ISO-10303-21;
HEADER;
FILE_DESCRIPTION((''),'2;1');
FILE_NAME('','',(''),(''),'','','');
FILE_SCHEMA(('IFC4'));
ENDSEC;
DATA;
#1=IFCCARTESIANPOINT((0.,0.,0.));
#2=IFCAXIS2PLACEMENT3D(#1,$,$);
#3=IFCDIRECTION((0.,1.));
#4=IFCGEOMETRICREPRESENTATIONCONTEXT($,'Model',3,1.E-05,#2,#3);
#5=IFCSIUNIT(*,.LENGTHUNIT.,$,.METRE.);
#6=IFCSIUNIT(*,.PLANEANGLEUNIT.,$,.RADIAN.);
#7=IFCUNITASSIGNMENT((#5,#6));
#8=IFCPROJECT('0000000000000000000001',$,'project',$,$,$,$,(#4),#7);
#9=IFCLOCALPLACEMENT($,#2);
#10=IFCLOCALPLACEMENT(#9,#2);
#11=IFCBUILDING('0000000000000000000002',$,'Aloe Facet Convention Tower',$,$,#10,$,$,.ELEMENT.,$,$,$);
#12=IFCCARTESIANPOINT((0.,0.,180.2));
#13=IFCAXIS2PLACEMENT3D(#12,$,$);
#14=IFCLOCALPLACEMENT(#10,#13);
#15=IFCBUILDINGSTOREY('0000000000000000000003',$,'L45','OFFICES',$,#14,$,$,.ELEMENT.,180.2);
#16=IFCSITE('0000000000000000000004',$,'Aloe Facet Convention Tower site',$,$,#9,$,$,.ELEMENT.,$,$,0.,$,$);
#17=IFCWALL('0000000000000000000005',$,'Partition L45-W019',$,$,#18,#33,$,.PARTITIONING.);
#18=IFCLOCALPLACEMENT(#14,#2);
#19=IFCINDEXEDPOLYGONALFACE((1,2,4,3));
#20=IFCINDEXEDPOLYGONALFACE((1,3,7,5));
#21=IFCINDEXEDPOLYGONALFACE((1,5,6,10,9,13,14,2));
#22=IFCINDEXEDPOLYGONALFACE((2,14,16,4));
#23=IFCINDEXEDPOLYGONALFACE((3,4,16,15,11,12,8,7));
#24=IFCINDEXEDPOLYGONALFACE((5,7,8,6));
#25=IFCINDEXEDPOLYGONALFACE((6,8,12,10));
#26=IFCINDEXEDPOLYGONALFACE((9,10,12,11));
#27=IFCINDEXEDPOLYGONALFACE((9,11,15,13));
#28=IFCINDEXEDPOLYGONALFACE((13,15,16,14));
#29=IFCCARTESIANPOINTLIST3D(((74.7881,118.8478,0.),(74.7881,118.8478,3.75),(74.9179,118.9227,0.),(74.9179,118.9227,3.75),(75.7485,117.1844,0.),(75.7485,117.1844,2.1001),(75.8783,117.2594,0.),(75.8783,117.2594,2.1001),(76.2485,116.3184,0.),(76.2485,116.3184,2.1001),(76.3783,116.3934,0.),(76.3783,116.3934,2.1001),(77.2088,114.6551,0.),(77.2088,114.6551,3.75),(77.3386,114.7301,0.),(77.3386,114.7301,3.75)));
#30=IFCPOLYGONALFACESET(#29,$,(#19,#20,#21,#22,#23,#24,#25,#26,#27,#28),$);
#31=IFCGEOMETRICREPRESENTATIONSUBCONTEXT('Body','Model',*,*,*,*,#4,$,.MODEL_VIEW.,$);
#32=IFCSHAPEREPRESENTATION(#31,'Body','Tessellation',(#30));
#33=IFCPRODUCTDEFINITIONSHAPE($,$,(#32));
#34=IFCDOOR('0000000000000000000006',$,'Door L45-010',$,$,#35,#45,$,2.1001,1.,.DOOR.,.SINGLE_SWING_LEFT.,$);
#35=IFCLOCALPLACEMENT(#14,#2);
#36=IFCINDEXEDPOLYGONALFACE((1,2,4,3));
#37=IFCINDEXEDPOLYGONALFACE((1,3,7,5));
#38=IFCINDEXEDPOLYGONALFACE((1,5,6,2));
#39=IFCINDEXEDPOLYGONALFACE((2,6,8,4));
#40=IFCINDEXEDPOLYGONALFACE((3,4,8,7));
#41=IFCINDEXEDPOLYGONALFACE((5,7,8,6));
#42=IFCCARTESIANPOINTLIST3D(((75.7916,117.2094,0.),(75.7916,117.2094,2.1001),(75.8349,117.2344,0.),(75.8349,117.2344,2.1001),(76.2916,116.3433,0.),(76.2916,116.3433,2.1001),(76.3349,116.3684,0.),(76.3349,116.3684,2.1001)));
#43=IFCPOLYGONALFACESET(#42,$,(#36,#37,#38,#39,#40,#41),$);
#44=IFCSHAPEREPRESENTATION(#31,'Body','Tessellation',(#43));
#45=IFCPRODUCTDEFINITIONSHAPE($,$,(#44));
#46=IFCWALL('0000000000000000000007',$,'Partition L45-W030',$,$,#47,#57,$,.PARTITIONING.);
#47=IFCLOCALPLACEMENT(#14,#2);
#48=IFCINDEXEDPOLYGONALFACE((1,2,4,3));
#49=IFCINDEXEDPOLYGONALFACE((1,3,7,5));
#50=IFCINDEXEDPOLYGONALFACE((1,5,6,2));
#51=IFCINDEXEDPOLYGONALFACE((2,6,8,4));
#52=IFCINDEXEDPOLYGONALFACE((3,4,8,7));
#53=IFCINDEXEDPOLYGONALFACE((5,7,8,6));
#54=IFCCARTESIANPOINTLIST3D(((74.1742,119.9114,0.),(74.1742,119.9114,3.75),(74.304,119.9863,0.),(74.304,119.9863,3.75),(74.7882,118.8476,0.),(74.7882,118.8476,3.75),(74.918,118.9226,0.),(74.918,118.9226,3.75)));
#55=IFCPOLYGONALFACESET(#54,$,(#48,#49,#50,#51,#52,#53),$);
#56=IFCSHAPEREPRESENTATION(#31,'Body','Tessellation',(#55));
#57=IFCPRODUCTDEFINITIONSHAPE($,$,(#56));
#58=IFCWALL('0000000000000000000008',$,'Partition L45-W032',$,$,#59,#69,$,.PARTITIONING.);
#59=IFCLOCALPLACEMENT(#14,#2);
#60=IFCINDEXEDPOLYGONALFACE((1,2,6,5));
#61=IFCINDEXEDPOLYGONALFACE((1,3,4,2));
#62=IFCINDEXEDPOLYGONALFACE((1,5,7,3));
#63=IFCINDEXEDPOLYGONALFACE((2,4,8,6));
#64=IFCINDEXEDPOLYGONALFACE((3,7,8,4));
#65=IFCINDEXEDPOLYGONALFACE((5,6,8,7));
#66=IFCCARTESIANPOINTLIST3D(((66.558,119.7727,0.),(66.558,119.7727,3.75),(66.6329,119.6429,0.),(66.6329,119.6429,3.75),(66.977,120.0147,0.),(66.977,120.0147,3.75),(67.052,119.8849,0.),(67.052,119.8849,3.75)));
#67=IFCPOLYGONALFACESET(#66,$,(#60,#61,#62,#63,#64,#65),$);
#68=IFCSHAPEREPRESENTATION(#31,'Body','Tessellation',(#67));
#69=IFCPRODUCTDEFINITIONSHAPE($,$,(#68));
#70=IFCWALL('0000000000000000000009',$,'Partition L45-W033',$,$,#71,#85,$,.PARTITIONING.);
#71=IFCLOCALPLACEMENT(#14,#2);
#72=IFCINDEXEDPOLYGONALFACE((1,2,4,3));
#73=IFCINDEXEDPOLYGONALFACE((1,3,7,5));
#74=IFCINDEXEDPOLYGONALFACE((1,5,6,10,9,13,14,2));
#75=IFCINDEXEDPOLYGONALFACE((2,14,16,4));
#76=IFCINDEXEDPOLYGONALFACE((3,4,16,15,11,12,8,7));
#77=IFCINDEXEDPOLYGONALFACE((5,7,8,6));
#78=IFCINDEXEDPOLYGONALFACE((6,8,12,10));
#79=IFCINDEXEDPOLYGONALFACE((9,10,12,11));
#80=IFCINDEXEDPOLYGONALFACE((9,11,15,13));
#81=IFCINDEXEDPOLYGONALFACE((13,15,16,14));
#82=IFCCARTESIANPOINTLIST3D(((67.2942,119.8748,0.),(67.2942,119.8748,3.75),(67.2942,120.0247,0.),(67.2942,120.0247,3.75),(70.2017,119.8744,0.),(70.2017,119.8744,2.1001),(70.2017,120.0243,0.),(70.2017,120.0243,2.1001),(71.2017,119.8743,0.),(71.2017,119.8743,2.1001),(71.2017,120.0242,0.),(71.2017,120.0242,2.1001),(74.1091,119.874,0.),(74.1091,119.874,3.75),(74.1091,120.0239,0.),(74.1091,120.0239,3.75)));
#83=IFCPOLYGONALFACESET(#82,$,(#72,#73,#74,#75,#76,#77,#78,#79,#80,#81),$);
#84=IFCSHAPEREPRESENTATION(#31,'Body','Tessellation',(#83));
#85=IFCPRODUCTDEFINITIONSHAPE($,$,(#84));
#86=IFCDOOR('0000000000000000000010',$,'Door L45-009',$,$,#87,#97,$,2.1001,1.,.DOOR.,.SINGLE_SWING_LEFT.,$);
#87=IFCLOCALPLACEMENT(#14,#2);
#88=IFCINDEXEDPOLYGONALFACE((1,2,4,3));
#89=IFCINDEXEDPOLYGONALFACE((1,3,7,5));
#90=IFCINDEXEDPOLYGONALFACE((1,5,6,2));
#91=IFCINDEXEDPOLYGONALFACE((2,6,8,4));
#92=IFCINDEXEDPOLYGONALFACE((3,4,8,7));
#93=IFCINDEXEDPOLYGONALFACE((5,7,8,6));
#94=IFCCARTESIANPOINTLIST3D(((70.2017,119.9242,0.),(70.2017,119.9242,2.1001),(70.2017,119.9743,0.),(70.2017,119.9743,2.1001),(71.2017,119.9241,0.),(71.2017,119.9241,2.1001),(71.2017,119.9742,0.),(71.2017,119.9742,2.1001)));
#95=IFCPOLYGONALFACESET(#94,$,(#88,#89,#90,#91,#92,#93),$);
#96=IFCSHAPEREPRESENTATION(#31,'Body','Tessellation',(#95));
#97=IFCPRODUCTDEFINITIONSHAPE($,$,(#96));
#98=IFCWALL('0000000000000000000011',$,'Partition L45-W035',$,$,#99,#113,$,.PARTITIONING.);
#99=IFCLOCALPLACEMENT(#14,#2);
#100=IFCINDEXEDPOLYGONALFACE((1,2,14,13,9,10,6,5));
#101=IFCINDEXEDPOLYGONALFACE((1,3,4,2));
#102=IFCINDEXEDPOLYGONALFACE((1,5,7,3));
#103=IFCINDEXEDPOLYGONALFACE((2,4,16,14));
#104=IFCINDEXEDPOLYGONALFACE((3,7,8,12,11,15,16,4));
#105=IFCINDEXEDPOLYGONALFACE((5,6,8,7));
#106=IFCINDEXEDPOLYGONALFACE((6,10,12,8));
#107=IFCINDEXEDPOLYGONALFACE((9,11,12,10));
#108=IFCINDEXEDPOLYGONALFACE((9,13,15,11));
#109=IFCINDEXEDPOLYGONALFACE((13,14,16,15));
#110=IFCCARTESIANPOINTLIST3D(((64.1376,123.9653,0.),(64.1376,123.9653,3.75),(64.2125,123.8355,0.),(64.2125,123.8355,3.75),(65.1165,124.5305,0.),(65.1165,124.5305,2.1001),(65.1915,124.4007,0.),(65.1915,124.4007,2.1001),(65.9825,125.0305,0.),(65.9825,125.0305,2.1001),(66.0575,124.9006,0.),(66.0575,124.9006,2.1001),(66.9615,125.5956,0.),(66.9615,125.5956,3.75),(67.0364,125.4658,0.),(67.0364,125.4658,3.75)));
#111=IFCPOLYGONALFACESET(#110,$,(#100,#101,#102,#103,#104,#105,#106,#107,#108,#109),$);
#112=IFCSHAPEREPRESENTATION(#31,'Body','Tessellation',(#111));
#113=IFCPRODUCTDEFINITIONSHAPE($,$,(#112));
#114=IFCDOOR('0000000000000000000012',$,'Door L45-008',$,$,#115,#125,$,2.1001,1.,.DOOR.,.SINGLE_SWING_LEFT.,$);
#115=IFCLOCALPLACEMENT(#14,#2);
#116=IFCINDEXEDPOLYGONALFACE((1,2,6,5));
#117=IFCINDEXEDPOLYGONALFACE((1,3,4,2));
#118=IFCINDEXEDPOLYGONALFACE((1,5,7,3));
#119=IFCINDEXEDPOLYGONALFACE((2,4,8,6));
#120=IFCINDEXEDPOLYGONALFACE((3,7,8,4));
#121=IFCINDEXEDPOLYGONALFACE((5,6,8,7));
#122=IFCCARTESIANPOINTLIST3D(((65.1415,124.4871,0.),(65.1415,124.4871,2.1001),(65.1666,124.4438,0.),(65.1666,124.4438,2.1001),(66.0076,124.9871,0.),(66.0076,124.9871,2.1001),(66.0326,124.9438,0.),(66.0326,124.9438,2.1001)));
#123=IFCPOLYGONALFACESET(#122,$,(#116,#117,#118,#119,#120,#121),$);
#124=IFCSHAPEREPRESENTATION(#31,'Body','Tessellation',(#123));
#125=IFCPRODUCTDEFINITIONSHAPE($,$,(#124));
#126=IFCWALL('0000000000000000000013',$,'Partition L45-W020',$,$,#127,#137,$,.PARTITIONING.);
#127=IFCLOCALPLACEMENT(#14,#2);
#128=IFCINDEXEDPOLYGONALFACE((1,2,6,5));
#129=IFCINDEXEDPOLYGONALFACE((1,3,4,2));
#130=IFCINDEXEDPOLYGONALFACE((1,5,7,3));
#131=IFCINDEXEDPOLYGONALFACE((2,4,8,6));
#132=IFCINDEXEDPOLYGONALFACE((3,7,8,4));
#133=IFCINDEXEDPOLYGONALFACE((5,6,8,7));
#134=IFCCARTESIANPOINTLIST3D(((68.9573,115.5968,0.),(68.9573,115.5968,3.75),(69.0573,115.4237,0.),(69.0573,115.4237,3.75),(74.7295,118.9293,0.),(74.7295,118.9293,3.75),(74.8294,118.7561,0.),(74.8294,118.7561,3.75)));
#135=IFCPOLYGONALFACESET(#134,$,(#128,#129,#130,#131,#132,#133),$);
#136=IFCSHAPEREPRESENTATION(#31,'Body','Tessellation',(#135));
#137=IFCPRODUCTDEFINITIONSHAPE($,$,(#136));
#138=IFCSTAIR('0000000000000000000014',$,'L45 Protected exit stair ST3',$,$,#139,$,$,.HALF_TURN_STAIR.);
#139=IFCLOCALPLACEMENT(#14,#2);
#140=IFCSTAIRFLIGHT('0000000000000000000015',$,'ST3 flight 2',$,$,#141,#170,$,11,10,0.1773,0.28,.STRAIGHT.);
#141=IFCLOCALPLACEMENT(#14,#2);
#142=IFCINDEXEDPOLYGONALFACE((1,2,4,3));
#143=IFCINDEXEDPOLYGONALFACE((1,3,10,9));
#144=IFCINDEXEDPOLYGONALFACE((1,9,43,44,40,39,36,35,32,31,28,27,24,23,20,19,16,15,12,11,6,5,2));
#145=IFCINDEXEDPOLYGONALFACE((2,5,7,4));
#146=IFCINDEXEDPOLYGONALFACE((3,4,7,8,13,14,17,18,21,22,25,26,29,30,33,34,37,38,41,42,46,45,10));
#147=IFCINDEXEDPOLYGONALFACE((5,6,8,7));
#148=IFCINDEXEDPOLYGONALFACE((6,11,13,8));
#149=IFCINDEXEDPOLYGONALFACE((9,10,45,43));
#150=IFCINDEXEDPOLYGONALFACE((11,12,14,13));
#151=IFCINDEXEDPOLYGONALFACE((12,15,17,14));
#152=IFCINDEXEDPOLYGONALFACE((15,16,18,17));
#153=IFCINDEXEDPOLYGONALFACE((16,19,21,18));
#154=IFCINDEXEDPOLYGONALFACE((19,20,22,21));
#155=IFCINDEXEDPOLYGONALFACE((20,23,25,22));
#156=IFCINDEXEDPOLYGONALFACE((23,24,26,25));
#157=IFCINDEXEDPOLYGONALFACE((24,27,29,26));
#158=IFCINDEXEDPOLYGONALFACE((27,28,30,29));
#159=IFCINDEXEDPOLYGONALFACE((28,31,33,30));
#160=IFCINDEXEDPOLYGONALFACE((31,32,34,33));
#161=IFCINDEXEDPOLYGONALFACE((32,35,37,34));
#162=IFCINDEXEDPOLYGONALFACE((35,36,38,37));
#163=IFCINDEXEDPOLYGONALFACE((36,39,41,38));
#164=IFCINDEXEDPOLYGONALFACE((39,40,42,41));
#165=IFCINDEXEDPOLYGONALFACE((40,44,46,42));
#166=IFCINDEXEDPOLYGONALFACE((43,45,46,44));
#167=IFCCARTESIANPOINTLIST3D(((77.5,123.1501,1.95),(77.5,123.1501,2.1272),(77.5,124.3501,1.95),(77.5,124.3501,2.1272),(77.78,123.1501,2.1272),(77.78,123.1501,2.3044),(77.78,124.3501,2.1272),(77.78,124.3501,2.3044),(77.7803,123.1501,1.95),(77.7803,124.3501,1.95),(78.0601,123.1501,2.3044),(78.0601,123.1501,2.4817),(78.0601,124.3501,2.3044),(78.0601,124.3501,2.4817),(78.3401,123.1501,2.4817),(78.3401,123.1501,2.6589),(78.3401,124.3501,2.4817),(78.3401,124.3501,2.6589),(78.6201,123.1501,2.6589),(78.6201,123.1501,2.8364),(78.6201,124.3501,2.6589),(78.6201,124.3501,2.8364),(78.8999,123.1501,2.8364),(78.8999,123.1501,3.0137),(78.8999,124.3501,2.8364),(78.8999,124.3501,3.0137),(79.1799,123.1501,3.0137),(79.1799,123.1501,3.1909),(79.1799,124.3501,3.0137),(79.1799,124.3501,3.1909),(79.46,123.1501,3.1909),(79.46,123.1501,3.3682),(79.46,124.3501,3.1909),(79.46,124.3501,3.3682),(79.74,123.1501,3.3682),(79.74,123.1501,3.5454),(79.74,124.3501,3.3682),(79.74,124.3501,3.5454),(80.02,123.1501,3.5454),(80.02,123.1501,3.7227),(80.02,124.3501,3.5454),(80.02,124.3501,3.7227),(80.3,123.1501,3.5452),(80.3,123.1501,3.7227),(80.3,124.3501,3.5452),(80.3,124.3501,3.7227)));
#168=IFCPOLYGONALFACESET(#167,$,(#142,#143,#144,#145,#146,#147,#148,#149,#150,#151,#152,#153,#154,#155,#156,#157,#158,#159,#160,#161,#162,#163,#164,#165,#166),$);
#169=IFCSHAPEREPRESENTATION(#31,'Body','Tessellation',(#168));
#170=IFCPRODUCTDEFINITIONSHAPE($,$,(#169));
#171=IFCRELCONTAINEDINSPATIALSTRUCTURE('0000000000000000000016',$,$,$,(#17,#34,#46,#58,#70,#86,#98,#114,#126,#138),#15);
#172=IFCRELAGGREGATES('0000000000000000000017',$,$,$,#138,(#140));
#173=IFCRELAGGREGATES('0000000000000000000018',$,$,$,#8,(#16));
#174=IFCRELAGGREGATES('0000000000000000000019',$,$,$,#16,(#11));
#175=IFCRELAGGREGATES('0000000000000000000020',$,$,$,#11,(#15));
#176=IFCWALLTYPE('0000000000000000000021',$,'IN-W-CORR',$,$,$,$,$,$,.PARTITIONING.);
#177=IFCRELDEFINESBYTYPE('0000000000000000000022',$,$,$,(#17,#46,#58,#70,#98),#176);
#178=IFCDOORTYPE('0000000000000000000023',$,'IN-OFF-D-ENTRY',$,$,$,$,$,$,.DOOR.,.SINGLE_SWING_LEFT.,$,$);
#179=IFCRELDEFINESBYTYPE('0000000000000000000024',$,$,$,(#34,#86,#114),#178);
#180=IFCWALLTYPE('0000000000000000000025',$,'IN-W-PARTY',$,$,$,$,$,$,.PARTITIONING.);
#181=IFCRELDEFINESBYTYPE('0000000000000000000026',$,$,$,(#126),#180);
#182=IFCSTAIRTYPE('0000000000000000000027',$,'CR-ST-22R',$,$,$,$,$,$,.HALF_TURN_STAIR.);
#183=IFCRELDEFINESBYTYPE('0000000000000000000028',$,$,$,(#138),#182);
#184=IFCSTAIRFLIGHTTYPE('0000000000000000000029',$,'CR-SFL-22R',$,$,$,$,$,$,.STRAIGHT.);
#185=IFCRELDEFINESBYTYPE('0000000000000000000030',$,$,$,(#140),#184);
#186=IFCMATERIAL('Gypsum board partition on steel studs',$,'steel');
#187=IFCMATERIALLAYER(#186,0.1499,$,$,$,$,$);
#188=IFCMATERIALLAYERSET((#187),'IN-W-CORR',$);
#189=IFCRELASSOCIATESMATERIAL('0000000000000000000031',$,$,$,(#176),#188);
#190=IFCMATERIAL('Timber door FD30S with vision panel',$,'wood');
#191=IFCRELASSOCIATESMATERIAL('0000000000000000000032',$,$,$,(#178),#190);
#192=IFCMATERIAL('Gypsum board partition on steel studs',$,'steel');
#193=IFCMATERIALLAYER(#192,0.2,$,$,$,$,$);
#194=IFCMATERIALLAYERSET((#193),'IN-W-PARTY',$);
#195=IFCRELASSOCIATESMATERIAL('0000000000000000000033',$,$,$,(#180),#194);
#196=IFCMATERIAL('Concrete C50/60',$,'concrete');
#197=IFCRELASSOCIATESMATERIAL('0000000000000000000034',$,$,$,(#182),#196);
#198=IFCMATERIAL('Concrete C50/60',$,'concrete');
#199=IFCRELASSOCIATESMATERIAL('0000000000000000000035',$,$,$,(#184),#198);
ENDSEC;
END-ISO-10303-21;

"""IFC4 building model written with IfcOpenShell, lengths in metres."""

from ifc_helpers import new_model, si_unit, direction, frame, frame_2d, origin, place, context, subcontext, project, spatial, polyline, rectangle, outline, extrude, material, layer, layer_set, type_object, element, fill, aggregate, save


model = new_model("IFC4")

# Units and contexts
model_context = context("Model", 3, precision=1e-05, world=origin(), true_north=direction((0.0, 1.0)))
body_context = subcontext(model_context, "Body", "Model", "MODEL_VIEW")
ifc_project = project(units=[si_unit("LENGTHUNIT", "METRE"), si_unit("PLANEANGLEUNIT", "RADIAN")], contexts=[model_context])

# Site, building, storey
site_placement = place(None, origin())
site = spatial("IfcSite", under=ifc_project, at=site_placement, Name="Aloe Facet Convention Tower site", CompositionType="ELEMENT", RefElevation=0.0)
building_placement = place(site_placement, origin())
building = spatial("IfcBuilding", under=site, at=building_placement, Name="Aloe Facet Convention Tower", CompositionType="ELEMENT")
storey_placement = place(building_placement, frame((0.0, 0.0, 180.2)))
storey = spatial("IfcBuildingStorey", under=building, at=storey_placement, Name="L45", Description="OFFICES", CompositionType="ELEMENT", Elevation=180.2)

# Wall, opening, door
ifc_material_1 = material(Name="Gypsum board partition on steel studs", Category="steel")
ifc_layer_1 = layer(ifc_material_1, 0.1499)
ifc_layer_set_1 = layer_set([ifc_layer_1], Name="IN-W-CORR")
wall_type_1 = type_object("IfcWallType", Name="IN-W-CORR", PredefinedType="PARTITIONING", material=ifc_layer_set_1)
ifc_material_2 = material(Name="Timber door FD30S with vision panel", Category="wood")
door_type_1 = type_object("IfcDoorType", Name="IN-OFF-D-ENTRY", OperationType="SINGLE_SWING_LEFT", PredefinedType="DOOR", material=ifc_material_2)
wall_1_placement = place(storey_placement, frame((74.853, 118.8853, 0.0), z_axis=(0.0, 0.0, 1.0), x_axis=(0.500006, -0.866022, 0.0)))
wall_1 = element("IfcWall", 1, at=wall_1_placement, inside=storey, type_object=wall_type_1, Name="Partition L45-W019", PredefinedType="PARTITIONING", context=body_context, shape_type="SweptSolid", body=[
    extrude(rectangle(XDim=4.8413, YDim=0.1499, at=frame_2d((2.4207, 0.0))), origin(), (0.0, 0.0, 1.0), 3.75),
])
opening_1_placement = place(wall_1_placement, frame((1.9207, 0.0, 0.0)))
opening_1 = element("IfcOpeningElement", 2, at=opening_1_placement, cuts=wall_1, PredefinedType="OPENING", context=body_context, shape_type="SweptSolid", body=[
    extrude(rectangle(XDim=1.0, YDim=2.1001, at=frame_2d((0.5, 1.05))), frame((0.0, 0.085, 0.0), z_axis=(0.0, -1.0, 0.0), x_axis=(1.0, 0.0, 0.0)), (0.0, 0.0, 1.0), 0.1699),
])
door_1_placement = place(opening_1_placement, origin())
door_1 = element("IfcDoor", 3, at=door_1_placement, inside=storey, type_object=door_type_1, Name="Door L45-010", OperationType="SINGLE_SWING_LEFT", OverallHeight=2.1001, OverallWidth=1.0, PredefinedType="DOOR", context=body_context, shape_type="SweptSolid", body=[
    extrude(rectangle(XDim=1.0, YDim=2.1001, at=frame_2d((0.5, 1.05))), frame((0.0, 0.0249, 0.0), z_axis=(0.0, -1.0, 0.0), x_axis=(1.0, 0.0, 0.0)), (0.0, 0.0, 1.0), 0.05),
])
fill(opening_1, door_1)

# Walls
wall_2_placement = place(storey_placement, frame((74.239, 119.949, 0.0), z_axis=(0.0, 0.0, 1.0), x_axis=(0.499923, -0.86607, 0.0)))
element("IfcWall", 4, at=wall_2_placement, inside=storey, type_object=wall_type_1, Name="Partition L45-W030", PredefinedType="PARTITIONING", context=body_context, shape_type="SweptSolid", body=[
    extrude(rectangle(XDim=1.2283, YDim=0.1499, at=frame_2d((0.6143, 0.0))), origin(), (0.0, 0.0, 1.0), 3.75),
])
wall_3_placement = place(storey_placement, frame((66.5955, 119.7078, 0.0), z_axis=(0.0, 0.0, 1.0), x_axis=(0.865967, 0.500101, 0.0)))
element("IfcWall", 5, at=wall_3_placement, inside=storey, type_object=wall_type_1, Name="Partition L45-W032", PredefinedType="PARTITIONING", context=body_context, shape_type="SweptSolid", body=[
    extrude(rectangle(XDim=0.4839, YDim=0.1499, at=frame_2d((0.2419, 0.0))), origin(), (0.0, 0.0, 1.0), 3.75),
])

# Walls, openings, doors
wall_4_placement = place(storey_placement, frame((67.2942, 119.9497, 0.0), z_axis=(0.0, 0.0, 1.0), x_axis=(1.0, -0.000107, 0.0)))
wall_4 = element("IfcWall", 6, at=wall_4_placement, inside=storey, type_object=wall_type_1, Name="Partition L45-W033", PredefinedType="PARTITIONING", context=body_context, shape_type="SweptSolid", body=[
    extrude(rectangle(XDim=6.8149, YDim=0.1499, at=frame_2d((3.4075, 0.0))), origin(), (0.0, 0.0, 1.0), 3.75),
])
opening_2_placement = place(wall_4_placement, frame((2.9075, 0.0, 0.0)))
opening_2 = element("IfcOpeningElement", 7, at=opening_2_placement, cuts=wall_4, PredefinedType="OPENING", context=body_context, shape_type="SweptSolid", body=[
    extrude(rectangle(XDim=1.0, YDim=2.1001, at=frame_2d((0.5, 1.05))), frame((0.0, 0.085, 0.0), z_axis=(0.0, -1.0, 0.0), x_axis=(1.0, 0.0, 0.0)), (0.0, 0.0, 1.0), 0.1699),
])
door_2_placement = place(opening_2_placement, origin())
door_2 = element("IfcDoor", 8, at=door_2_placement, inside=storey, type_object=door_type_1, Name="Door L45-009", OperationType="SINGLE_SWING_LEFT", OverallHeight=2.1001, OverallWidth=1.0, PredefinedType="DOOR", context=body_context, shape_type="SweptSolid", body=[
    extrude(rectangle(XDim=1.0, YDim=2.1001, at=frame_2d((0.5, 1.05))), frame((0.0, 0.0249, 0.0), z_axis=(0.0, -1.0, 0.0), x_axis=(1.0, 0.0, 0.0)), (0.0, 0.0, 1.0), 0.05),
])
fill(opening_2, door_2)
wall_5_placement = place(storey_placement, frame((64.175, 123.9004, 0.0), z_axis=(0.0, 0.0, 1.0), x_axis=(0.866032, 0.499988, 0.0)))
wall_5 = element("IfcWall", 9, at=wall_5_placement, inside=storey, type_object=wall_type_1, Name="Partition L45-W035", PredefinedType="PARTITIONING", context=body_context, shape_type="SweptSolid", body=[
    extrude(rectangle(XDim=3.2607, YDim=0.1499, at=frame_2d((1.6304, 0.0))), origin(), (0.0, 0.0, 1.0), 3.75),
])
opening_3_placement = place(wall_5_placement, frame((1.1304, 0.0, 0.0)))
opening_3 = element("IfcOpeningElement", 10, at=opening_3_placement, cuts=wall_5, PredefinedType="OPENING", context=body_context, shape_type="SweptSolid", body=[
    extrude(rectangle(XDim=1.0, YDim=2.1001, at=frame_2d((0.5, 1.05))), frame((0.0, 0.085, 0.0), z_axis=(0.0, -1.0, 0.0), x_axis=(1.0, 0.0, 0.0)), (0.0, 0.0, 1.0), 0.1699),
])
door_3_placement = place(opening_3_placement, origin())
door_3 = element("IfcDoor", 11, at=door_3_placement, inside=storey, type_object=door_type_1, Name="Door L45-008", OperationType="SINGLE_SWING_LEFT", OverallHeight=2.1001, OverallWidth=1.0, PredefinedType="DOOR", context=body_context, shape_type="SweptSolid", body=[
    extrude(rectangle(XDim=1.0, YDim=2.1001, at=frame_2d((0.5, 1.05))), frame((0.0, 0.0249, 0.0), z_axis=(0.0, -1.0, 0.0), x_axis=(1.0, 0.0, 0.0)), (0.0, 0.0, 1.0), 0.05),
])
fill(opening_3, door_3)

# Wall
ifc_material_3 = material(Name="Gypsum board partition on steel studs", Category="steel")
ifc_layer_2 = layer(ifc_material_3, 0.2)
ifc_layer_set_2 = layer_set([ifc_layer_2], Name="IN-W-PARTY")
wall_type_2 = type_object("IfcWallType", Name="IN-W-PARTY", PredefinedType="PARTITIONING", material=ifc_layer_set_2)
wall_6_placement = place(storey_placement, frame((69.0073, 115.5103, 0.0), z_axis=(0.0, 0.0, 1.0), x_axis=(0.86603, 0.499992, 0.0)))
element("IfcWall", 12, at=wall_6_placement, inside=storey, type_object=wall_type_2, Name="Partition L45-W020", PredefinedType="PARTITIONING", context=body_context, shape_type="SweptSolid", body=[
    extrude(rectangle(XDim=6.665, YDim=0.2, at=frame_2d((3.3325, 0.0))), origin(), (0.0, 0.0, 1.0), 3.75),
])

# Stair, stair flight
ifc_material_4 = material(Name="Concrete C50/60", Category="concrete")
stair_type = type_object("IfcStairType", Name="CR-ST-22R", PredefinedType="HALF_TURN_STAIR", material=ifc_material_4)
stair_placement = place(storey_placement, origin())
stair = element("IfcStair", 13, at=stair_placement, inside=storey, type_object=stair_type, Name="L45 Protected exit stair ST3", PredefinedType="HALF_TURN_STAIR")
ifc_material_5 = material(Name="Concrete C50/60", Category="concrete")
stair_flight_type = type_object("IfcStairFlightType", Name="CR-SFL-22R", PredefinedType="STRAIGHT", material=ifc_material_5)
stair_flight_placement = place(storey_placement, frame((77.5, 123.75, 1.95), z_axis=(0.0, 0.0, 1.0), x_axis=(1.0, 0.0, 0.0)))
stair_flight = element("IfcStairFlight", 14, at=stair_flight_placement, type_object=stair_flight_type, Name="ST3 flight 2", NumberOfRisers=11, NumberOfTreads=10, PredefinedType="STRAIGHT", RiserHeight=0.1773, TreadLength=0.28, context=body_context, shape_type="SweptSolid", body=[
    extrude(outline(polyline([(0.0, 0.0), (0.0, 0.1772), (0.28, 0.1772), (0.28, 0.3545), (0.5601, 0.3545), (0.5601, 0.5317), (0.8401, 0.5317), (0.8401, 0.709), (1.1201, 0.709), (1.1201, 0.8865), (1.3999, 0.8865), (1.3999, 1.0637), (1.6799, 1.0637), (1.6799, 1.241), (1.96, 1.241), (1.96, 1.4182), (2.24, 1.4182), (2.24, 1.5955), (2.52, 1.5955), (2.52, 1.7727), (2.8, 1.7727), (2.8, 1.95), (2.8, 1.5952), (0.2803, 0.0), (0.0, 0.0)])), frame((0.0, 0.6001, 0.0), z_axis=(0.0, -1.0, 0.0), x_axis=(1.0, 0.0, 0.0)), (0.0, 0.0, 1.0), 1.2),
])
aggregate(stair, [stair_flight])

save(model, "model.ifc")
